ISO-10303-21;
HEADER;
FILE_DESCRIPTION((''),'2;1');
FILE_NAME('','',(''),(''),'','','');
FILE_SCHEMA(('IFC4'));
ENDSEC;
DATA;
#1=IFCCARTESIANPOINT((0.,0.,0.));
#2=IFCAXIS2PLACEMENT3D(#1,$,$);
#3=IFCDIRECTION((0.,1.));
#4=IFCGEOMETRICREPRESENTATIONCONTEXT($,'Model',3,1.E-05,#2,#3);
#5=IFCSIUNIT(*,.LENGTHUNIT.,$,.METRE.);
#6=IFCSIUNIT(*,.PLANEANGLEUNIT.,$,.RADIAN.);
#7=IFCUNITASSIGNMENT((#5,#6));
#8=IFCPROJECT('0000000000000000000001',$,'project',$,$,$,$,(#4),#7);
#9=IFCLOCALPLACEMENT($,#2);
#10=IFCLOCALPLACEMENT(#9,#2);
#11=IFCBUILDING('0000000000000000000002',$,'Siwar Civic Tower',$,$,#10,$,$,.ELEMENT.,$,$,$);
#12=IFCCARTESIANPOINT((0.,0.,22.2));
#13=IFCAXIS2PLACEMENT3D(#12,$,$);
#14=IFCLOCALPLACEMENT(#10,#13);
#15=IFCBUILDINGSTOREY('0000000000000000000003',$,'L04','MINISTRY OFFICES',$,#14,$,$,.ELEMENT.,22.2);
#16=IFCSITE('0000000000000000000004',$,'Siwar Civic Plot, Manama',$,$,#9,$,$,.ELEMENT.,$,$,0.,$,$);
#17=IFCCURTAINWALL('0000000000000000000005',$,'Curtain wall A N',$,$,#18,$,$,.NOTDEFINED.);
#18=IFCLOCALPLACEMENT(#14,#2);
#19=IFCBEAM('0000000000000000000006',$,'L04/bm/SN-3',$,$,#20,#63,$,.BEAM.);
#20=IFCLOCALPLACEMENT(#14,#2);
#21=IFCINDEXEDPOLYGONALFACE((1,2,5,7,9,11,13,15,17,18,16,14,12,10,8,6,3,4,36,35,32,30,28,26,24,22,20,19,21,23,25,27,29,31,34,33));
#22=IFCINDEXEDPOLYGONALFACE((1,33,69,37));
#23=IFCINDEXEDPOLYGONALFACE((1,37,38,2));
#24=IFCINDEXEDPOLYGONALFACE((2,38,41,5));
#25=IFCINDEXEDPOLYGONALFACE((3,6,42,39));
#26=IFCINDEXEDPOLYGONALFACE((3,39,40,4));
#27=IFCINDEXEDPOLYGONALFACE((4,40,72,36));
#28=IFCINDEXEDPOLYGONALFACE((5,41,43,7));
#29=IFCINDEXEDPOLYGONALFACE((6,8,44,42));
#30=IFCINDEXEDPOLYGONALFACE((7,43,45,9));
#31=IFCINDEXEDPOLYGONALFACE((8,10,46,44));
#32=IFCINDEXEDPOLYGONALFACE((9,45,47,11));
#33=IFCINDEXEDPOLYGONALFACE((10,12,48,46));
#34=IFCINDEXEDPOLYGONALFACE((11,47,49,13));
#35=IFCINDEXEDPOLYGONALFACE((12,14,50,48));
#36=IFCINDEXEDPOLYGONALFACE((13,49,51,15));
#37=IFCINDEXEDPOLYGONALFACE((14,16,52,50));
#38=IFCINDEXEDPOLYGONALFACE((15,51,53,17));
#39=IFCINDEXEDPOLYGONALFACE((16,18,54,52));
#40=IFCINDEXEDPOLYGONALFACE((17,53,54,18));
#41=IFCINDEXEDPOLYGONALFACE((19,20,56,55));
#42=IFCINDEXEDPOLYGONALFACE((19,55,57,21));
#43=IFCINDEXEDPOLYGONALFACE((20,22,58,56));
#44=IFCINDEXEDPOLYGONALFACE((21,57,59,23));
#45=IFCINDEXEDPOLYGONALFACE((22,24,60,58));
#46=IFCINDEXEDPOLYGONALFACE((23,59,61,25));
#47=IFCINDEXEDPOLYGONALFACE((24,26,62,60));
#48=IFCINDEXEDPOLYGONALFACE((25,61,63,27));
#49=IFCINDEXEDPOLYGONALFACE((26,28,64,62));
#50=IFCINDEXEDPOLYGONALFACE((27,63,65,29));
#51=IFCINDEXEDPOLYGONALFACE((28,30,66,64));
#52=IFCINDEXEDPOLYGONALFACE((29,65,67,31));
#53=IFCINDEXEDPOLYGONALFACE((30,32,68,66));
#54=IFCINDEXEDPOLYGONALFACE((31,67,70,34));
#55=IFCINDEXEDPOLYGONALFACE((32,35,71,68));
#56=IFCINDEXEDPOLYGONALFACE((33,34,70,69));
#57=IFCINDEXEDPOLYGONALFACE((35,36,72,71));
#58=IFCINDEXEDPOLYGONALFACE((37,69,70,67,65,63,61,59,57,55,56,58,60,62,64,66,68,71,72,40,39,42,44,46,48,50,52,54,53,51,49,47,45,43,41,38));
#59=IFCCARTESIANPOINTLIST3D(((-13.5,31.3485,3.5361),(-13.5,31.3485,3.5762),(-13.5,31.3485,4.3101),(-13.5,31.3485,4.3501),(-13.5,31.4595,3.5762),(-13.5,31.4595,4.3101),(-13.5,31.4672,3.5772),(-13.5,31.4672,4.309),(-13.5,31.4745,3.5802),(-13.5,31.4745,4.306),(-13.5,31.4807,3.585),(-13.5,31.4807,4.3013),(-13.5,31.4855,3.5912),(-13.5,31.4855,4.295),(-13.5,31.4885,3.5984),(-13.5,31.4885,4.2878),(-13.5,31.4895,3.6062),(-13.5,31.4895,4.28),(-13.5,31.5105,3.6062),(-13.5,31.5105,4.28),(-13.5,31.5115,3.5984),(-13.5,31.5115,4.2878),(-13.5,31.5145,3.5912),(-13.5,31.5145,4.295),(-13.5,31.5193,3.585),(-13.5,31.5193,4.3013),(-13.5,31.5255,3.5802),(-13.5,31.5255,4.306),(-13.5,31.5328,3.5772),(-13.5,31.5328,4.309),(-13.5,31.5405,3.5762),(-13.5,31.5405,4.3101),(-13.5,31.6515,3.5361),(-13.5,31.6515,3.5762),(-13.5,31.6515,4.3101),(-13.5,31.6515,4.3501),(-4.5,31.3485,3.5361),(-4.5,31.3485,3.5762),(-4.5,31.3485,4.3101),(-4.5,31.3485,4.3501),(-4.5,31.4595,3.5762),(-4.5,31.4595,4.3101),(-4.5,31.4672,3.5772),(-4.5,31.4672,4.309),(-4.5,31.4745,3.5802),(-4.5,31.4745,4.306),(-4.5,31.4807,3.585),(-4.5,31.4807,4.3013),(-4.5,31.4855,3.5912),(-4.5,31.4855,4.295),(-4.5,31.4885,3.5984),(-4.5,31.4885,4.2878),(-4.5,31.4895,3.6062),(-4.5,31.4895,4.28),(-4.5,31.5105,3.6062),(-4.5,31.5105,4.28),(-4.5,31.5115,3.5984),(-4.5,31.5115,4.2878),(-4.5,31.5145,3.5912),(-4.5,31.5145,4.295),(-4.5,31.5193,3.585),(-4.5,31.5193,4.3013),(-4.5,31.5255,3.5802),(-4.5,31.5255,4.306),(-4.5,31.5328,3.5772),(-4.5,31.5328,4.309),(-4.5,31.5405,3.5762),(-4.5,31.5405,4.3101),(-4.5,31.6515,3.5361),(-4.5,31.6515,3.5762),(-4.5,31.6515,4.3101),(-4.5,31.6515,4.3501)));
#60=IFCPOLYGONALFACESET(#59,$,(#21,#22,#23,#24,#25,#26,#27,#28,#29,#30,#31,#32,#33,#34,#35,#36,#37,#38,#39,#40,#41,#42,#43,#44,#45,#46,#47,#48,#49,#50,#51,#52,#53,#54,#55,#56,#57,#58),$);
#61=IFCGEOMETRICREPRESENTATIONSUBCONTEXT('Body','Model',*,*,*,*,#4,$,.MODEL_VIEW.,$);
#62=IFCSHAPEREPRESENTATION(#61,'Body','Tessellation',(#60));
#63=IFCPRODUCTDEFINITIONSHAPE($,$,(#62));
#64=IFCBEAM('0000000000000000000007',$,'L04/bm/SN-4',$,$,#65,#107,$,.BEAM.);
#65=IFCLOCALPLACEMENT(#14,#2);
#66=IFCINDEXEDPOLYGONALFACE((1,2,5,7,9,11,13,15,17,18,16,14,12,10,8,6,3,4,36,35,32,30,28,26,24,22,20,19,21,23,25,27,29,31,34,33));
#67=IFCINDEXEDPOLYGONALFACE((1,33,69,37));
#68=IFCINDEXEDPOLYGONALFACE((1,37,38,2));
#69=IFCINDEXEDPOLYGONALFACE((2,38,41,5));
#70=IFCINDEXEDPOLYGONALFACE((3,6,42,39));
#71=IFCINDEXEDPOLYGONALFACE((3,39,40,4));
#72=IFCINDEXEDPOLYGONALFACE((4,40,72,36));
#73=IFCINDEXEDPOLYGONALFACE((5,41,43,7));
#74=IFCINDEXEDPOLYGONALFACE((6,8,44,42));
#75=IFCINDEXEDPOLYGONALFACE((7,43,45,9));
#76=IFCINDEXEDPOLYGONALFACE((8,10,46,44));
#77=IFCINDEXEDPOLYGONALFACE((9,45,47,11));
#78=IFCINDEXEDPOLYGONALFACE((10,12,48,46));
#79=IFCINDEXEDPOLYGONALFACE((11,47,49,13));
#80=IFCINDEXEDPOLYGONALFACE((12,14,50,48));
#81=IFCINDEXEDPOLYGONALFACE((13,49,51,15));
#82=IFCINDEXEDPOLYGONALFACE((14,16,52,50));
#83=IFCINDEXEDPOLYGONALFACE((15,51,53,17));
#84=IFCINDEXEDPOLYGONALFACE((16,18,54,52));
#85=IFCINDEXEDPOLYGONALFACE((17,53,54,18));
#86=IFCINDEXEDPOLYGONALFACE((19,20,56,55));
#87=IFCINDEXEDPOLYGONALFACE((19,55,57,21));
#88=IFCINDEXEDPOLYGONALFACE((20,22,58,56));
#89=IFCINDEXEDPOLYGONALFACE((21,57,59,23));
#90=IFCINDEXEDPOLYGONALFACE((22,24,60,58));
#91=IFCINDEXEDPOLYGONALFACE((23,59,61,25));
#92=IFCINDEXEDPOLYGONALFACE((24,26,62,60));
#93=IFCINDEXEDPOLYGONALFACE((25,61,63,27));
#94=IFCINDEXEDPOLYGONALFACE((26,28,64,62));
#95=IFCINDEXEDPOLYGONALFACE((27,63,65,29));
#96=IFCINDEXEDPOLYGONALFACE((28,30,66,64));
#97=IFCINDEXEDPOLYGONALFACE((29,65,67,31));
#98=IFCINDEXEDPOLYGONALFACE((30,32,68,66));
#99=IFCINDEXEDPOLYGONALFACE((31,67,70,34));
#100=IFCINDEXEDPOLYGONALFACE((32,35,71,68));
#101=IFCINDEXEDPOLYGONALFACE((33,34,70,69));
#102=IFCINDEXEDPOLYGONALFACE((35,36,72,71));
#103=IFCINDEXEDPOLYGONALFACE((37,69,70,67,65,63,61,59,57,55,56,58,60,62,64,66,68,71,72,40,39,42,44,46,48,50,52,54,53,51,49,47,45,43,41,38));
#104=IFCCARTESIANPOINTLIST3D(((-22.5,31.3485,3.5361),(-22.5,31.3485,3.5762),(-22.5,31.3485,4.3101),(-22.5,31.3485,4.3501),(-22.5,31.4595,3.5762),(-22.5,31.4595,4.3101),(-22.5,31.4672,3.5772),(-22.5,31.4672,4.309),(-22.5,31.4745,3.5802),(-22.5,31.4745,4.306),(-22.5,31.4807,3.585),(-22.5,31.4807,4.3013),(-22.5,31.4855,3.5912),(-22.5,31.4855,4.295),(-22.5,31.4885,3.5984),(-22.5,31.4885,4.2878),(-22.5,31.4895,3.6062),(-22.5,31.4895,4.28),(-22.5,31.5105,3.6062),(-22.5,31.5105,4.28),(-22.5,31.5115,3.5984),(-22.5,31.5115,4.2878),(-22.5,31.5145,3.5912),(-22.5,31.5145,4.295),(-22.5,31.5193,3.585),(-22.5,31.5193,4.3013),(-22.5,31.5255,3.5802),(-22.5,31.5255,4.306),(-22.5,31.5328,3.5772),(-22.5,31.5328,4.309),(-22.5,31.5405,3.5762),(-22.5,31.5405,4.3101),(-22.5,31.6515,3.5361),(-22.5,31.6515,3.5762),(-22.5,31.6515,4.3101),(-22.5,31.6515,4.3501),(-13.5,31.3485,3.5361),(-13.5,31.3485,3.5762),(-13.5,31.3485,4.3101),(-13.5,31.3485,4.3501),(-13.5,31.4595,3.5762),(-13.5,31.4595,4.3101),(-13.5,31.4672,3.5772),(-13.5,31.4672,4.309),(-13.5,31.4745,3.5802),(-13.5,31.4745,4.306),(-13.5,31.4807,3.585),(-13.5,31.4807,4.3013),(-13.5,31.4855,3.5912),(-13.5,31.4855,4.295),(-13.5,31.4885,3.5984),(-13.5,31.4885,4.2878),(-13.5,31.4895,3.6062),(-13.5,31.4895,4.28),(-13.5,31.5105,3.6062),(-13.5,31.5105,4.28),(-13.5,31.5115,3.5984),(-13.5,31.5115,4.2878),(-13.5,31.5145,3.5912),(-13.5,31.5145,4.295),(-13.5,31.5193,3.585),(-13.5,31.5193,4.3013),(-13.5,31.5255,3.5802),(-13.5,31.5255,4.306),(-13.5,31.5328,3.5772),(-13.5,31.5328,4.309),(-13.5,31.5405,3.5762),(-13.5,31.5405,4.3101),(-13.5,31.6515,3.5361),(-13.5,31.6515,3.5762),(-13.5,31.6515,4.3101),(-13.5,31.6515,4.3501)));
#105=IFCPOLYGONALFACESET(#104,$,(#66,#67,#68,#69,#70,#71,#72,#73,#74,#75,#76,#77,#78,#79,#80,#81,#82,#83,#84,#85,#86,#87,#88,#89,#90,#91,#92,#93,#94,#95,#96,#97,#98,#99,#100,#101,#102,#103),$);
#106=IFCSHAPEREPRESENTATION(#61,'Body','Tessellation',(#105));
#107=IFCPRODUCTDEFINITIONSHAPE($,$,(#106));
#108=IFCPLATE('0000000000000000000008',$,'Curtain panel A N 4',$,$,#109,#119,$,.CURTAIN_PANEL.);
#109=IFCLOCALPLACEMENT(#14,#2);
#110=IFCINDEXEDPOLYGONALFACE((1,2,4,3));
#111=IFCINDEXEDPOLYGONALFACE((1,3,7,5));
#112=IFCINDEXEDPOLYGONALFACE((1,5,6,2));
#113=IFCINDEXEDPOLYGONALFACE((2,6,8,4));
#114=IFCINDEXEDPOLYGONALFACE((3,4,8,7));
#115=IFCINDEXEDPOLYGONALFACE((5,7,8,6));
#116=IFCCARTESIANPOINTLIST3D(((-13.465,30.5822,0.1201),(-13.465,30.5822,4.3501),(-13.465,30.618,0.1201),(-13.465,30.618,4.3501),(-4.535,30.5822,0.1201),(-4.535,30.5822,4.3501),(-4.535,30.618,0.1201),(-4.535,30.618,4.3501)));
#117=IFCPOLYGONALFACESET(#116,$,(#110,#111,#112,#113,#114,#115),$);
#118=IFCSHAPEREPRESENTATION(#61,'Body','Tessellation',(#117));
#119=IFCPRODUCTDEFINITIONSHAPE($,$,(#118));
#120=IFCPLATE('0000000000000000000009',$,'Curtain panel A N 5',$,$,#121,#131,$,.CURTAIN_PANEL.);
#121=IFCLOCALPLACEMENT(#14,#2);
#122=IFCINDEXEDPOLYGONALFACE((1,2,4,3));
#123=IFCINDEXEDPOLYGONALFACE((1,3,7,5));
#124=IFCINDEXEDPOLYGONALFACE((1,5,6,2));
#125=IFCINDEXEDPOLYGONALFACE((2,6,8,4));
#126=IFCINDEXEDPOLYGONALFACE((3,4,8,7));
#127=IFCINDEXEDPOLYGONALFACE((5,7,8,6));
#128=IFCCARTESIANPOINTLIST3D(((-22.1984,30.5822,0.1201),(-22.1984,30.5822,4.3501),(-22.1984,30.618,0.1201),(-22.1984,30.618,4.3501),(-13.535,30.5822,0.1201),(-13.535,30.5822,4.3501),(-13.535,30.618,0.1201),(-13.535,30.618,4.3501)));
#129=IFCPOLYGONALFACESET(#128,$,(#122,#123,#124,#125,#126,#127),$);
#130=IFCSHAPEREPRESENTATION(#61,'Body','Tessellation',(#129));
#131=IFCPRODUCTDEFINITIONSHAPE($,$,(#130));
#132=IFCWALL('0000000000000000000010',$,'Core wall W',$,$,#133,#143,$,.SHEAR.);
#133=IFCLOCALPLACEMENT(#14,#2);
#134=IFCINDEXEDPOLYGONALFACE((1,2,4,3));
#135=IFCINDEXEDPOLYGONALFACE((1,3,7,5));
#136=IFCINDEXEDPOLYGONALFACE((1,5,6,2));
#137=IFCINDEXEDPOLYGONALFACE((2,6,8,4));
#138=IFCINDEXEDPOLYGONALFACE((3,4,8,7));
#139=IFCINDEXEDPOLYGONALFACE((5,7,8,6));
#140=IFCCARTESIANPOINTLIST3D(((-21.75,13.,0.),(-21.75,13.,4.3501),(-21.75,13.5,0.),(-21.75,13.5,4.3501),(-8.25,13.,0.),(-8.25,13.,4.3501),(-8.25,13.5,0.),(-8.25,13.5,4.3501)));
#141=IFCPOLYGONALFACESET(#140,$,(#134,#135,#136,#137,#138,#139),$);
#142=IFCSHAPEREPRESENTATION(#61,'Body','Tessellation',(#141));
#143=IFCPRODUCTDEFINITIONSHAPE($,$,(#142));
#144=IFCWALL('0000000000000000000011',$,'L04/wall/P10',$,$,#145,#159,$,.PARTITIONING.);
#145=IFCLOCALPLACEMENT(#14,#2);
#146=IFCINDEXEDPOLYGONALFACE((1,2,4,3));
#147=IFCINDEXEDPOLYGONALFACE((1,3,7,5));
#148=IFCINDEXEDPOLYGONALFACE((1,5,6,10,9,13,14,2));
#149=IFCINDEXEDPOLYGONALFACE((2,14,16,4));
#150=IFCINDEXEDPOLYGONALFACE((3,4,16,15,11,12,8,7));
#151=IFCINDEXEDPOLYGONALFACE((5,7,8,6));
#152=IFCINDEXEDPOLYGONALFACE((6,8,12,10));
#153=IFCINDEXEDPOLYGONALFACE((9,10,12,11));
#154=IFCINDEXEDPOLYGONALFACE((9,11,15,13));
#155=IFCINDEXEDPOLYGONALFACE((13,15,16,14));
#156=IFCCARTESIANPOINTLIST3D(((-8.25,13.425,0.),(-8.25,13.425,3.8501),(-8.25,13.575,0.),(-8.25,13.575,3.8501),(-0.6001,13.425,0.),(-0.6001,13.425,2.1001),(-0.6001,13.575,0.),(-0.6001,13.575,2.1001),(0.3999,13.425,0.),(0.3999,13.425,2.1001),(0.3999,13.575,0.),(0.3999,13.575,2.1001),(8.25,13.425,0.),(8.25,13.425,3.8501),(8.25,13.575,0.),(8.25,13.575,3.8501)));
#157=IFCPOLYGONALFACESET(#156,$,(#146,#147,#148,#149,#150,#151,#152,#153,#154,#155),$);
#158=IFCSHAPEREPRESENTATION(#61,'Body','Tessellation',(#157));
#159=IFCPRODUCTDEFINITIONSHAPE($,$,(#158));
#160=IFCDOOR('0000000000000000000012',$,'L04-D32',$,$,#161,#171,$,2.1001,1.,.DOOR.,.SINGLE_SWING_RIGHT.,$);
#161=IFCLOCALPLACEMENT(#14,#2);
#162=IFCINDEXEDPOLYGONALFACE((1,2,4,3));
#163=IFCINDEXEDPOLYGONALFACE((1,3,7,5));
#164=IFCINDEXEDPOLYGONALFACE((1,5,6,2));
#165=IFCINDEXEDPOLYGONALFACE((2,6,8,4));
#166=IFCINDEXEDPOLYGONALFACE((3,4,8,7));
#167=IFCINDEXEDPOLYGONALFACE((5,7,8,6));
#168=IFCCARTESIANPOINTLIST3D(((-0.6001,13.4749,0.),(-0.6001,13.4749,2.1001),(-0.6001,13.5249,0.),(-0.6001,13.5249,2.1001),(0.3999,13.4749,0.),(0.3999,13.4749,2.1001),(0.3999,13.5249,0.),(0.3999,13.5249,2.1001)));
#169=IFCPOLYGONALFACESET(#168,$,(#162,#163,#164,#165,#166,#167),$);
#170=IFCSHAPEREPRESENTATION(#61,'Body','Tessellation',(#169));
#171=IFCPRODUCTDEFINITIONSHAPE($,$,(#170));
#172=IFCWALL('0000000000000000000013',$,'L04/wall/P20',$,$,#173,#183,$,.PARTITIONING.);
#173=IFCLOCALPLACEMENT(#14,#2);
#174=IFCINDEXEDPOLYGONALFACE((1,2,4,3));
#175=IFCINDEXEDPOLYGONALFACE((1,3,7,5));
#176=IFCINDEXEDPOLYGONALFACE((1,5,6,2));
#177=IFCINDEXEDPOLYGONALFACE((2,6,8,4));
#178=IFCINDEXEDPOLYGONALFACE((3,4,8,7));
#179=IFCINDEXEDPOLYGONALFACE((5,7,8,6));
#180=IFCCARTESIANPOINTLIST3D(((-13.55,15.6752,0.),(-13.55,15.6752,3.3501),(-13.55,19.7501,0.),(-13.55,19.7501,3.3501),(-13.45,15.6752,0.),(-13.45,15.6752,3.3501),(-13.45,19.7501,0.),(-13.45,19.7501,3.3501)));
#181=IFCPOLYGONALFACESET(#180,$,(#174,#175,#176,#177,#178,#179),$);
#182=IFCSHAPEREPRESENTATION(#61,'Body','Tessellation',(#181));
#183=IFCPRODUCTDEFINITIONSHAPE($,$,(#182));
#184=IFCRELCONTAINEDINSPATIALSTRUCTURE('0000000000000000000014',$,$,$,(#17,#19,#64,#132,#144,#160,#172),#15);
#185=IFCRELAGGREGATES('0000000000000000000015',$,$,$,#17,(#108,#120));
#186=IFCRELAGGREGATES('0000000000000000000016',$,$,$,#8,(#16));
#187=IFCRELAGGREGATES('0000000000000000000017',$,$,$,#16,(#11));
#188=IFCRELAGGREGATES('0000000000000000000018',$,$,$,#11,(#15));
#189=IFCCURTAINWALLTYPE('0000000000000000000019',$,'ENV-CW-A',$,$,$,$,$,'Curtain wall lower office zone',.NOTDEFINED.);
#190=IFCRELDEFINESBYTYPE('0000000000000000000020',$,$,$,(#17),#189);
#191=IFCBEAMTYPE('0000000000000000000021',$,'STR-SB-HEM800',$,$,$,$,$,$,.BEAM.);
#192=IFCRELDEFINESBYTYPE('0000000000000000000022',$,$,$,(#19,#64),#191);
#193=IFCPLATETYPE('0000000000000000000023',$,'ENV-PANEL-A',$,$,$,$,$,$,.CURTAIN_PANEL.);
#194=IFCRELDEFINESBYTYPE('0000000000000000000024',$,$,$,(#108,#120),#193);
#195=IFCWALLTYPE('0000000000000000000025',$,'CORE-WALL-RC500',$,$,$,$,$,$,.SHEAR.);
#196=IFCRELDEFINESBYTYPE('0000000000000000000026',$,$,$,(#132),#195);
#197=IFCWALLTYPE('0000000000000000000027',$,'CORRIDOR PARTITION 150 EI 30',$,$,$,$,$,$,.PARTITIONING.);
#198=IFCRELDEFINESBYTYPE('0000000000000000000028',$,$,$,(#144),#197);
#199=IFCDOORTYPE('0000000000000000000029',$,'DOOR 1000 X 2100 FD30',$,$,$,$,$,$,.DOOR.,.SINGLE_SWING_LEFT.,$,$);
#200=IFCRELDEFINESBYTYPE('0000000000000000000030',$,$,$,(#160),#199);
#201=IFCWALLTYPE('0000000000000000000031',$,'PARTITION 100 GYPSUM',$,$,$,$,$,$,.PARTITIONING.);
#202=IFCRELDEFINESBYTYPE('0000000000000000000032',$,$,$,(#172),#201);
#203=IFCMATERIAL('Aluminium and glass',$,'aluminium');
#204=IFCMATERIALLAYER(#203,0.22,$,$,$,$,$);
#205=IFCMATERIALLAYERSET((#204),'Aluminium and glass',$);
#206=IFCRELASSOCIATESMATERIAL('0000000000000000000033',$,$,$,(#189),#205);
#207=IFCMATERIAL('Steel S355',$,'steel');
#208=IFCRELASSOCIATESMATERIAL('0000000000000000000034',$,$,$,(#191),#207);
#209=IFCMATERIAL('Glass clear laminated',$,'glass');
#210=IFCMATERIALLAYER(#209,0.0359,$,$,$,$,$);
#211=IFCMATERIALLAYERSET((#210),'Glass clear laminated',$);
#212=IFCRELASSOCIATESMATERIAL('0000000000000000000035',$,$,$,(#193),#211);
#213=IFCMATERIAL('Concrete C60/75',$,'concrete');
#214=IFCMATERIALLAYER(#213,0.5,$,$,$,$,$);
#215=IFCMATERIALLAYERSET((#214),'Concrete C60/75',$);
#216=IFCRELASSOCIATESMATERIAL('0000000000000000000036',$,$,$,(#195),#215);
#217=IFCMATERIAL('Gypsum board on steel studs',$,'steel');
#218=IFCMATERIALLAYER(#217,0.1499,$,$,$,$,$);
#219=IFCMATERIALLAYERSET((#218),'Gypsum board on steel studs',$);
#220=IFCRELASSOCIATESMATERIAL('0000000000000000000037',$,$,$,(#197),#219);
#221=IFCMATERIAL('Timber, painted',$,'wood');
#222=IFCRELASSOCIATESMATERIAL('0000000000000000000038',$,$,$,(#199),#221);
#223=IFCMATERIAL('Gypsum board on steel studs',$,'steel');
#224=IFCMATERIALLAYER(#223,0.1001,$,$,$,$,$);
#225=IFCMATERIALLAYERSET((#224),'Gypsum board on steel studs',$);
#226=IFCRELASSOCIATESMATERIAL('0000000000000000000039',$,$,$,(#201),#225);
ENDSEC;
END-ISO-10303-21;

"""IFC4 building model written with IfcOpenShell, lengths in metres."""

from ifc_helpers import new_model, si_unit, direction, frame, frame_2d, origin, origin_2d, place, context, subcontext, project, spatial, rectangle, i_section, extrude, material, layer, layer_set, material_profile, profile_set, type_object, element, fill, aggregate, save


model = new_model("IFC4")

# Units and contexts
model_context = context("Model", 3, precision=1e-05, world=origin(), true_north=direction((0.0, 1.0)))
body_context = subcontext(model_context, "Body", "Model", "MODEL_VIEW")
ifc_project = project(units=[si_unit("LENGTHUNIT", "METRE"), si_unit("PLANEANGLEUNIT", "RADIAN")], contexts=[model_context])

# Site, building, storey
site_placement = place(None, origin())
site = spatial("IfcSite", under=ifc_project, at=site_placement, Name="Siwar Civic Plot, Manama", CompositionType="ELEMENT", RefElevation=0.0)
building_placement = place(site_placement, origin())
building = spatial("IfcBuilding", under=site, at=building_placement, Name="Siwar Civic Tower", CompositionType="ELEMENT")
storey_placement = place(building_placement, frame((0.0, 0.0, 22.2)))
storey = spatial("IfcBuildingStorey", under=building, at=storey_placement, Name="L04", Description="MINISTRY OFFICES", CompositionType="ELEMENT", Elevation=22.2)

# Curtain wall
ifc_material_1 = material(Name="Aluminium and glass", Category="aluminium")
ifc_layer_1 = layer(ifc_material_1, 0.22)
ifc_layer_set_1 = layer_set([ifc_layer_1], Name="Aluminium and glass")
curtain_wall_type = type_object("IfcCurtainWallType", Name="ENV-CW-A", ElementType="Curtain wall lower office zone", PredefinedType="NOTDEFINED", material=ifc_layer_set_1)
curtain_wall_placement = place(storey_placement, origin())
curtain_wall = element("IfcCurtainWall", 1, at=curtain_wall_placement, inside=storey, type_object=curtain_wall_type, Name="Curtain wall A N", PredefinedType="NOTDEFINED")

# Beams
ifc_material_2 = material(Name="Steel S355", Category="steel")
ifc_material_profile_1 = material_profile(ifc_material_2, i_section(OverallWidth=0.303, OverallDepth=0.814, WebThickness=0.021, FlangeThickness=0.04, FilletRadius=0.03, at=origin_2d()), Name="HEM800")
ifc_profile_set_1 = profile_set([ifc_material_profile_1], Name="Steel S355")
beam_type_1 = type_object("IfcBeamType", Name="STR-SB-HEM800", PredefinedType="BEAM", material=ifc_profile_set_1)
for number, where, z_axis, x_axis, name in (
    (2, (-4.5, 31.5, 3.9431), (-1.0, 0.0, 0.0), (0.0, -1.0, 0.0), "L04/bm/SN-3"),
    (3, (-13.5, 31.5, 3.9431), (-1.0, 0.0, 0.0), (0.0, -1.0, 0.0), "L04/bm/SN-4"),
):
    element("IfcBeam", number, at=place(storey_placement, frame(where, z_axis=z_axis, x_axis=x_axis)), inside=storey, type_object=beam_type_1, Name=name, PredefinedType="BEAM", context=body_context, shape_type="SweptSolid", body=[
        extrude(i_section(OverallWidth=0.303, OverallDepth=0.814, WebThickness=0.021, FlangeThickness=0.04, FilletRadius=0.03, at=origin_2d()), origin(), (0.0, 0.0, 1.0), 9.0),
    ])

# Plates
ifc_material_3 = material(Name="Glass clear laminated", Category="glass")
ifc_layer_2 = layer(ifc_material_3, 0.0359)
ifc_layer_set_2 = layer_set([ifc_layer_2], Name="Glass clear laminated")
plate_type = type_object("IfcPlateType", Name="ENV-PANEL-A", PredefinedType="CURTAIN_PANEL", material=ifc_layer_set_2)
plate_1_placement = place(storey_placement, frame((-9.0, 30.6001, 0.1201), z_axis=(0.0, 0.0, 1.0), x_axis=(-1.0, 0.0, 0.0)))
plate_1 = element("IfcPlate", 4, at=plate_1_placement, type_object=plate_type, Name="Curtain panel A N 4", PredefinedType="CURTAIN_PANEL", context=body_context, shape_type="SweptSolid", body=[
    extrude(rectangle(XDim=8.9299, YDim=0.0359, at=origin_2d()), origin(), (0.0, 0.0, 1.0), 4.23),
])
plate_2_placement = place(storey_placement, frame((-17.8667, 30.6001, 0.1201), z_axis=(0.0, 0.0, 1.0), x_axis=(-1.0, 0.0, 0.0)))
plate_2 = element("IfcPlate", 5, at=plate_2_placement, type_object=plate_type, Name="Curtain panel A N 5", PredefinedType="CURTAIN_PANEL", context=body_context, shape_type="SweptSolid", body=[
    extrude(rectangle(XDim=8.6633, YDim=0.0359, at=origin_2d()), origin(), (0.0, 0.0, 1.0), 4.23),
])
aggregate(curtain_wall, [plate_1, plate_2])

# Wall
ifc_material_4 = material(Name="Concrete C60/75", Category="concrete")
ifc_layer_3 = layer(ifc_material_4, 0.5)
ifc_layer_set_3 = layer_set([ifc_layer_3], Name="Concrete C60/75")
wall_type_1 = type_object("IfcWallType", Name="CORE-WALL-RC500", PredefinedType="SHEAR", material=ifc_layer_set_3)
wall_1_placement = place(storey_placement, frame((-8.25, 13.25, 0.0), z_axis=(0.0, 0.0, 1.0), x_axis=(-1.0, 0.0, 0.0)))
element("IfcWall", 6, at=wall_1_placement, inside=storey, type_object=wall_type_1, Name="Core wall W", PredefinedType="SHEAR", context=body_context, shape_type="SweptSolid", body=[
    extrude(rectangle(XDim=13.5, YDim=0.5, at=frame_2d((6.75, 0.0))), origin(), (0.0, 0.0, 1.0), 4.3501),
])

# Wall, opening, door
ifc_material_5 = material(Name="Gypsum board on steel studs", Category="steel")
ifc_layer_4 = layer(ifc_material_5, 0.1499)
ifc_layer_set_4 = layer_set([ifc_layer_4], Name="Gypsum board on steel studs")
wall_type_2 = type_object("IfcWallType", Name="CORRIDOR PARTITION 150 EI 30", PredefinedType="PARTITIONING", material=ifc_layer_set_4)
wall_2_placement = place(storey_placement, frame((-8.25, 13.5, 0.0), z_axis=(0.0, 0.0, 1.0), x_axis=(1.0, 0.0, 0.0)))
wall_2 = element("IfcWall", 7, at=wall_2_placement, inside=storey, type_object=wall_type_2, Name="L04/wall/P10", PredefinedType="PARTITIONING", context=body_context, shape_type="SweptSolid", body=[
    extrude(rectangle(XDim=16.5, YDim=0.1499, at=frame_2d((8.25, 0.0))), origin(), (0.0, 0.0, 1.0), 3.8501),
])
opening_placement = place(wall_2_placement, frame((7.6499, 0.0, 0.0)))
opening = element("IfcOpeningElement", 8, at=opening_placement, cuts=wall_2, PredefinedType="OPENING", context=body_context, shape_type="SweptSolid", body=[
    extrude(rectangle(XDim=1.0, YDim=2.1001, at=frame_2d((0.5, 1.05))), frame((0.0, 0.085, 0.0), z_axis=(0.0, -1.0, 0.0), x_axis=(1.0, 0.0, 0.0)), (0.0, 0.0, 1.0), 0.1699),
])
ifc_material_6 = material(Name="Timber, painted", Category="wood")
door_type = type_object("IfcDoorType", Name="DOOR 1000 X 2100 FD30", OperationType="SINGLE_SWING_LEFT", PredefinedType="DOOR", material=ifc_material_6)
door_placement = place(opening_placement, origin())
door = element("IfcDoor", 9, at=door_placement, inside=storey, type_object=door_type, Name="L04-D32", OperationType="SINGLE_SWING_RIGHT", OverallHeight=2.1001, OverallWidth=1.0, PredefinedType="DOOR", context=body_context, shape_type="SweptSolid", body=[
    extrude(rectangle(XDim=1.0, YDim=2.1001, at=frame_2d((0.5, 1.05))), frame((0.0, 0.0249, 0.0), z_axis=(0.0, -1.0, 0.0), x_axis=(1.0, 0.0, 0.0)), (0.0, 0.0, 1.0), 0.05),
])
fill(opening, door)

# Wall
ifc_material_7 = material(Name="Gypsum board on steel studs", Category="steel")
ifc_layer_5 = layer(ifc_material_7, 0.1001)
ifc_layer_set_5 = layer_set([ifc_layer_5], Name="Gypsum board on steel studs")
wall_type_3 = type_object("IfcWallType", Name="PARTITION 100 GYPSUM", PredefinedType="PARTITIONING", material=ifc_layer_set_5)
wall_3_placement = place(storey_placement, frame((-13.5, 15.675, 0.0), z_axis=(0.0, 0.0, 1.0), x_axis=(0.0, 1.0, 0.0)))
element("IfcWall", 10, at=wall_3_placement, inside=storey, type_object=wall_type_3, Name="L04/wall/P20", PredefinedType="PARTITIONING", context=body_context, shape_type="SweptSolid", body=[
    extrude(rectangle(XDim=4.075, YDim=0.1001, at=frame_2d((2.0376, 0.0))), origin(), (0.0, 0.0, 1.0), 3.3501),
])

save(model, "model.ifc")
